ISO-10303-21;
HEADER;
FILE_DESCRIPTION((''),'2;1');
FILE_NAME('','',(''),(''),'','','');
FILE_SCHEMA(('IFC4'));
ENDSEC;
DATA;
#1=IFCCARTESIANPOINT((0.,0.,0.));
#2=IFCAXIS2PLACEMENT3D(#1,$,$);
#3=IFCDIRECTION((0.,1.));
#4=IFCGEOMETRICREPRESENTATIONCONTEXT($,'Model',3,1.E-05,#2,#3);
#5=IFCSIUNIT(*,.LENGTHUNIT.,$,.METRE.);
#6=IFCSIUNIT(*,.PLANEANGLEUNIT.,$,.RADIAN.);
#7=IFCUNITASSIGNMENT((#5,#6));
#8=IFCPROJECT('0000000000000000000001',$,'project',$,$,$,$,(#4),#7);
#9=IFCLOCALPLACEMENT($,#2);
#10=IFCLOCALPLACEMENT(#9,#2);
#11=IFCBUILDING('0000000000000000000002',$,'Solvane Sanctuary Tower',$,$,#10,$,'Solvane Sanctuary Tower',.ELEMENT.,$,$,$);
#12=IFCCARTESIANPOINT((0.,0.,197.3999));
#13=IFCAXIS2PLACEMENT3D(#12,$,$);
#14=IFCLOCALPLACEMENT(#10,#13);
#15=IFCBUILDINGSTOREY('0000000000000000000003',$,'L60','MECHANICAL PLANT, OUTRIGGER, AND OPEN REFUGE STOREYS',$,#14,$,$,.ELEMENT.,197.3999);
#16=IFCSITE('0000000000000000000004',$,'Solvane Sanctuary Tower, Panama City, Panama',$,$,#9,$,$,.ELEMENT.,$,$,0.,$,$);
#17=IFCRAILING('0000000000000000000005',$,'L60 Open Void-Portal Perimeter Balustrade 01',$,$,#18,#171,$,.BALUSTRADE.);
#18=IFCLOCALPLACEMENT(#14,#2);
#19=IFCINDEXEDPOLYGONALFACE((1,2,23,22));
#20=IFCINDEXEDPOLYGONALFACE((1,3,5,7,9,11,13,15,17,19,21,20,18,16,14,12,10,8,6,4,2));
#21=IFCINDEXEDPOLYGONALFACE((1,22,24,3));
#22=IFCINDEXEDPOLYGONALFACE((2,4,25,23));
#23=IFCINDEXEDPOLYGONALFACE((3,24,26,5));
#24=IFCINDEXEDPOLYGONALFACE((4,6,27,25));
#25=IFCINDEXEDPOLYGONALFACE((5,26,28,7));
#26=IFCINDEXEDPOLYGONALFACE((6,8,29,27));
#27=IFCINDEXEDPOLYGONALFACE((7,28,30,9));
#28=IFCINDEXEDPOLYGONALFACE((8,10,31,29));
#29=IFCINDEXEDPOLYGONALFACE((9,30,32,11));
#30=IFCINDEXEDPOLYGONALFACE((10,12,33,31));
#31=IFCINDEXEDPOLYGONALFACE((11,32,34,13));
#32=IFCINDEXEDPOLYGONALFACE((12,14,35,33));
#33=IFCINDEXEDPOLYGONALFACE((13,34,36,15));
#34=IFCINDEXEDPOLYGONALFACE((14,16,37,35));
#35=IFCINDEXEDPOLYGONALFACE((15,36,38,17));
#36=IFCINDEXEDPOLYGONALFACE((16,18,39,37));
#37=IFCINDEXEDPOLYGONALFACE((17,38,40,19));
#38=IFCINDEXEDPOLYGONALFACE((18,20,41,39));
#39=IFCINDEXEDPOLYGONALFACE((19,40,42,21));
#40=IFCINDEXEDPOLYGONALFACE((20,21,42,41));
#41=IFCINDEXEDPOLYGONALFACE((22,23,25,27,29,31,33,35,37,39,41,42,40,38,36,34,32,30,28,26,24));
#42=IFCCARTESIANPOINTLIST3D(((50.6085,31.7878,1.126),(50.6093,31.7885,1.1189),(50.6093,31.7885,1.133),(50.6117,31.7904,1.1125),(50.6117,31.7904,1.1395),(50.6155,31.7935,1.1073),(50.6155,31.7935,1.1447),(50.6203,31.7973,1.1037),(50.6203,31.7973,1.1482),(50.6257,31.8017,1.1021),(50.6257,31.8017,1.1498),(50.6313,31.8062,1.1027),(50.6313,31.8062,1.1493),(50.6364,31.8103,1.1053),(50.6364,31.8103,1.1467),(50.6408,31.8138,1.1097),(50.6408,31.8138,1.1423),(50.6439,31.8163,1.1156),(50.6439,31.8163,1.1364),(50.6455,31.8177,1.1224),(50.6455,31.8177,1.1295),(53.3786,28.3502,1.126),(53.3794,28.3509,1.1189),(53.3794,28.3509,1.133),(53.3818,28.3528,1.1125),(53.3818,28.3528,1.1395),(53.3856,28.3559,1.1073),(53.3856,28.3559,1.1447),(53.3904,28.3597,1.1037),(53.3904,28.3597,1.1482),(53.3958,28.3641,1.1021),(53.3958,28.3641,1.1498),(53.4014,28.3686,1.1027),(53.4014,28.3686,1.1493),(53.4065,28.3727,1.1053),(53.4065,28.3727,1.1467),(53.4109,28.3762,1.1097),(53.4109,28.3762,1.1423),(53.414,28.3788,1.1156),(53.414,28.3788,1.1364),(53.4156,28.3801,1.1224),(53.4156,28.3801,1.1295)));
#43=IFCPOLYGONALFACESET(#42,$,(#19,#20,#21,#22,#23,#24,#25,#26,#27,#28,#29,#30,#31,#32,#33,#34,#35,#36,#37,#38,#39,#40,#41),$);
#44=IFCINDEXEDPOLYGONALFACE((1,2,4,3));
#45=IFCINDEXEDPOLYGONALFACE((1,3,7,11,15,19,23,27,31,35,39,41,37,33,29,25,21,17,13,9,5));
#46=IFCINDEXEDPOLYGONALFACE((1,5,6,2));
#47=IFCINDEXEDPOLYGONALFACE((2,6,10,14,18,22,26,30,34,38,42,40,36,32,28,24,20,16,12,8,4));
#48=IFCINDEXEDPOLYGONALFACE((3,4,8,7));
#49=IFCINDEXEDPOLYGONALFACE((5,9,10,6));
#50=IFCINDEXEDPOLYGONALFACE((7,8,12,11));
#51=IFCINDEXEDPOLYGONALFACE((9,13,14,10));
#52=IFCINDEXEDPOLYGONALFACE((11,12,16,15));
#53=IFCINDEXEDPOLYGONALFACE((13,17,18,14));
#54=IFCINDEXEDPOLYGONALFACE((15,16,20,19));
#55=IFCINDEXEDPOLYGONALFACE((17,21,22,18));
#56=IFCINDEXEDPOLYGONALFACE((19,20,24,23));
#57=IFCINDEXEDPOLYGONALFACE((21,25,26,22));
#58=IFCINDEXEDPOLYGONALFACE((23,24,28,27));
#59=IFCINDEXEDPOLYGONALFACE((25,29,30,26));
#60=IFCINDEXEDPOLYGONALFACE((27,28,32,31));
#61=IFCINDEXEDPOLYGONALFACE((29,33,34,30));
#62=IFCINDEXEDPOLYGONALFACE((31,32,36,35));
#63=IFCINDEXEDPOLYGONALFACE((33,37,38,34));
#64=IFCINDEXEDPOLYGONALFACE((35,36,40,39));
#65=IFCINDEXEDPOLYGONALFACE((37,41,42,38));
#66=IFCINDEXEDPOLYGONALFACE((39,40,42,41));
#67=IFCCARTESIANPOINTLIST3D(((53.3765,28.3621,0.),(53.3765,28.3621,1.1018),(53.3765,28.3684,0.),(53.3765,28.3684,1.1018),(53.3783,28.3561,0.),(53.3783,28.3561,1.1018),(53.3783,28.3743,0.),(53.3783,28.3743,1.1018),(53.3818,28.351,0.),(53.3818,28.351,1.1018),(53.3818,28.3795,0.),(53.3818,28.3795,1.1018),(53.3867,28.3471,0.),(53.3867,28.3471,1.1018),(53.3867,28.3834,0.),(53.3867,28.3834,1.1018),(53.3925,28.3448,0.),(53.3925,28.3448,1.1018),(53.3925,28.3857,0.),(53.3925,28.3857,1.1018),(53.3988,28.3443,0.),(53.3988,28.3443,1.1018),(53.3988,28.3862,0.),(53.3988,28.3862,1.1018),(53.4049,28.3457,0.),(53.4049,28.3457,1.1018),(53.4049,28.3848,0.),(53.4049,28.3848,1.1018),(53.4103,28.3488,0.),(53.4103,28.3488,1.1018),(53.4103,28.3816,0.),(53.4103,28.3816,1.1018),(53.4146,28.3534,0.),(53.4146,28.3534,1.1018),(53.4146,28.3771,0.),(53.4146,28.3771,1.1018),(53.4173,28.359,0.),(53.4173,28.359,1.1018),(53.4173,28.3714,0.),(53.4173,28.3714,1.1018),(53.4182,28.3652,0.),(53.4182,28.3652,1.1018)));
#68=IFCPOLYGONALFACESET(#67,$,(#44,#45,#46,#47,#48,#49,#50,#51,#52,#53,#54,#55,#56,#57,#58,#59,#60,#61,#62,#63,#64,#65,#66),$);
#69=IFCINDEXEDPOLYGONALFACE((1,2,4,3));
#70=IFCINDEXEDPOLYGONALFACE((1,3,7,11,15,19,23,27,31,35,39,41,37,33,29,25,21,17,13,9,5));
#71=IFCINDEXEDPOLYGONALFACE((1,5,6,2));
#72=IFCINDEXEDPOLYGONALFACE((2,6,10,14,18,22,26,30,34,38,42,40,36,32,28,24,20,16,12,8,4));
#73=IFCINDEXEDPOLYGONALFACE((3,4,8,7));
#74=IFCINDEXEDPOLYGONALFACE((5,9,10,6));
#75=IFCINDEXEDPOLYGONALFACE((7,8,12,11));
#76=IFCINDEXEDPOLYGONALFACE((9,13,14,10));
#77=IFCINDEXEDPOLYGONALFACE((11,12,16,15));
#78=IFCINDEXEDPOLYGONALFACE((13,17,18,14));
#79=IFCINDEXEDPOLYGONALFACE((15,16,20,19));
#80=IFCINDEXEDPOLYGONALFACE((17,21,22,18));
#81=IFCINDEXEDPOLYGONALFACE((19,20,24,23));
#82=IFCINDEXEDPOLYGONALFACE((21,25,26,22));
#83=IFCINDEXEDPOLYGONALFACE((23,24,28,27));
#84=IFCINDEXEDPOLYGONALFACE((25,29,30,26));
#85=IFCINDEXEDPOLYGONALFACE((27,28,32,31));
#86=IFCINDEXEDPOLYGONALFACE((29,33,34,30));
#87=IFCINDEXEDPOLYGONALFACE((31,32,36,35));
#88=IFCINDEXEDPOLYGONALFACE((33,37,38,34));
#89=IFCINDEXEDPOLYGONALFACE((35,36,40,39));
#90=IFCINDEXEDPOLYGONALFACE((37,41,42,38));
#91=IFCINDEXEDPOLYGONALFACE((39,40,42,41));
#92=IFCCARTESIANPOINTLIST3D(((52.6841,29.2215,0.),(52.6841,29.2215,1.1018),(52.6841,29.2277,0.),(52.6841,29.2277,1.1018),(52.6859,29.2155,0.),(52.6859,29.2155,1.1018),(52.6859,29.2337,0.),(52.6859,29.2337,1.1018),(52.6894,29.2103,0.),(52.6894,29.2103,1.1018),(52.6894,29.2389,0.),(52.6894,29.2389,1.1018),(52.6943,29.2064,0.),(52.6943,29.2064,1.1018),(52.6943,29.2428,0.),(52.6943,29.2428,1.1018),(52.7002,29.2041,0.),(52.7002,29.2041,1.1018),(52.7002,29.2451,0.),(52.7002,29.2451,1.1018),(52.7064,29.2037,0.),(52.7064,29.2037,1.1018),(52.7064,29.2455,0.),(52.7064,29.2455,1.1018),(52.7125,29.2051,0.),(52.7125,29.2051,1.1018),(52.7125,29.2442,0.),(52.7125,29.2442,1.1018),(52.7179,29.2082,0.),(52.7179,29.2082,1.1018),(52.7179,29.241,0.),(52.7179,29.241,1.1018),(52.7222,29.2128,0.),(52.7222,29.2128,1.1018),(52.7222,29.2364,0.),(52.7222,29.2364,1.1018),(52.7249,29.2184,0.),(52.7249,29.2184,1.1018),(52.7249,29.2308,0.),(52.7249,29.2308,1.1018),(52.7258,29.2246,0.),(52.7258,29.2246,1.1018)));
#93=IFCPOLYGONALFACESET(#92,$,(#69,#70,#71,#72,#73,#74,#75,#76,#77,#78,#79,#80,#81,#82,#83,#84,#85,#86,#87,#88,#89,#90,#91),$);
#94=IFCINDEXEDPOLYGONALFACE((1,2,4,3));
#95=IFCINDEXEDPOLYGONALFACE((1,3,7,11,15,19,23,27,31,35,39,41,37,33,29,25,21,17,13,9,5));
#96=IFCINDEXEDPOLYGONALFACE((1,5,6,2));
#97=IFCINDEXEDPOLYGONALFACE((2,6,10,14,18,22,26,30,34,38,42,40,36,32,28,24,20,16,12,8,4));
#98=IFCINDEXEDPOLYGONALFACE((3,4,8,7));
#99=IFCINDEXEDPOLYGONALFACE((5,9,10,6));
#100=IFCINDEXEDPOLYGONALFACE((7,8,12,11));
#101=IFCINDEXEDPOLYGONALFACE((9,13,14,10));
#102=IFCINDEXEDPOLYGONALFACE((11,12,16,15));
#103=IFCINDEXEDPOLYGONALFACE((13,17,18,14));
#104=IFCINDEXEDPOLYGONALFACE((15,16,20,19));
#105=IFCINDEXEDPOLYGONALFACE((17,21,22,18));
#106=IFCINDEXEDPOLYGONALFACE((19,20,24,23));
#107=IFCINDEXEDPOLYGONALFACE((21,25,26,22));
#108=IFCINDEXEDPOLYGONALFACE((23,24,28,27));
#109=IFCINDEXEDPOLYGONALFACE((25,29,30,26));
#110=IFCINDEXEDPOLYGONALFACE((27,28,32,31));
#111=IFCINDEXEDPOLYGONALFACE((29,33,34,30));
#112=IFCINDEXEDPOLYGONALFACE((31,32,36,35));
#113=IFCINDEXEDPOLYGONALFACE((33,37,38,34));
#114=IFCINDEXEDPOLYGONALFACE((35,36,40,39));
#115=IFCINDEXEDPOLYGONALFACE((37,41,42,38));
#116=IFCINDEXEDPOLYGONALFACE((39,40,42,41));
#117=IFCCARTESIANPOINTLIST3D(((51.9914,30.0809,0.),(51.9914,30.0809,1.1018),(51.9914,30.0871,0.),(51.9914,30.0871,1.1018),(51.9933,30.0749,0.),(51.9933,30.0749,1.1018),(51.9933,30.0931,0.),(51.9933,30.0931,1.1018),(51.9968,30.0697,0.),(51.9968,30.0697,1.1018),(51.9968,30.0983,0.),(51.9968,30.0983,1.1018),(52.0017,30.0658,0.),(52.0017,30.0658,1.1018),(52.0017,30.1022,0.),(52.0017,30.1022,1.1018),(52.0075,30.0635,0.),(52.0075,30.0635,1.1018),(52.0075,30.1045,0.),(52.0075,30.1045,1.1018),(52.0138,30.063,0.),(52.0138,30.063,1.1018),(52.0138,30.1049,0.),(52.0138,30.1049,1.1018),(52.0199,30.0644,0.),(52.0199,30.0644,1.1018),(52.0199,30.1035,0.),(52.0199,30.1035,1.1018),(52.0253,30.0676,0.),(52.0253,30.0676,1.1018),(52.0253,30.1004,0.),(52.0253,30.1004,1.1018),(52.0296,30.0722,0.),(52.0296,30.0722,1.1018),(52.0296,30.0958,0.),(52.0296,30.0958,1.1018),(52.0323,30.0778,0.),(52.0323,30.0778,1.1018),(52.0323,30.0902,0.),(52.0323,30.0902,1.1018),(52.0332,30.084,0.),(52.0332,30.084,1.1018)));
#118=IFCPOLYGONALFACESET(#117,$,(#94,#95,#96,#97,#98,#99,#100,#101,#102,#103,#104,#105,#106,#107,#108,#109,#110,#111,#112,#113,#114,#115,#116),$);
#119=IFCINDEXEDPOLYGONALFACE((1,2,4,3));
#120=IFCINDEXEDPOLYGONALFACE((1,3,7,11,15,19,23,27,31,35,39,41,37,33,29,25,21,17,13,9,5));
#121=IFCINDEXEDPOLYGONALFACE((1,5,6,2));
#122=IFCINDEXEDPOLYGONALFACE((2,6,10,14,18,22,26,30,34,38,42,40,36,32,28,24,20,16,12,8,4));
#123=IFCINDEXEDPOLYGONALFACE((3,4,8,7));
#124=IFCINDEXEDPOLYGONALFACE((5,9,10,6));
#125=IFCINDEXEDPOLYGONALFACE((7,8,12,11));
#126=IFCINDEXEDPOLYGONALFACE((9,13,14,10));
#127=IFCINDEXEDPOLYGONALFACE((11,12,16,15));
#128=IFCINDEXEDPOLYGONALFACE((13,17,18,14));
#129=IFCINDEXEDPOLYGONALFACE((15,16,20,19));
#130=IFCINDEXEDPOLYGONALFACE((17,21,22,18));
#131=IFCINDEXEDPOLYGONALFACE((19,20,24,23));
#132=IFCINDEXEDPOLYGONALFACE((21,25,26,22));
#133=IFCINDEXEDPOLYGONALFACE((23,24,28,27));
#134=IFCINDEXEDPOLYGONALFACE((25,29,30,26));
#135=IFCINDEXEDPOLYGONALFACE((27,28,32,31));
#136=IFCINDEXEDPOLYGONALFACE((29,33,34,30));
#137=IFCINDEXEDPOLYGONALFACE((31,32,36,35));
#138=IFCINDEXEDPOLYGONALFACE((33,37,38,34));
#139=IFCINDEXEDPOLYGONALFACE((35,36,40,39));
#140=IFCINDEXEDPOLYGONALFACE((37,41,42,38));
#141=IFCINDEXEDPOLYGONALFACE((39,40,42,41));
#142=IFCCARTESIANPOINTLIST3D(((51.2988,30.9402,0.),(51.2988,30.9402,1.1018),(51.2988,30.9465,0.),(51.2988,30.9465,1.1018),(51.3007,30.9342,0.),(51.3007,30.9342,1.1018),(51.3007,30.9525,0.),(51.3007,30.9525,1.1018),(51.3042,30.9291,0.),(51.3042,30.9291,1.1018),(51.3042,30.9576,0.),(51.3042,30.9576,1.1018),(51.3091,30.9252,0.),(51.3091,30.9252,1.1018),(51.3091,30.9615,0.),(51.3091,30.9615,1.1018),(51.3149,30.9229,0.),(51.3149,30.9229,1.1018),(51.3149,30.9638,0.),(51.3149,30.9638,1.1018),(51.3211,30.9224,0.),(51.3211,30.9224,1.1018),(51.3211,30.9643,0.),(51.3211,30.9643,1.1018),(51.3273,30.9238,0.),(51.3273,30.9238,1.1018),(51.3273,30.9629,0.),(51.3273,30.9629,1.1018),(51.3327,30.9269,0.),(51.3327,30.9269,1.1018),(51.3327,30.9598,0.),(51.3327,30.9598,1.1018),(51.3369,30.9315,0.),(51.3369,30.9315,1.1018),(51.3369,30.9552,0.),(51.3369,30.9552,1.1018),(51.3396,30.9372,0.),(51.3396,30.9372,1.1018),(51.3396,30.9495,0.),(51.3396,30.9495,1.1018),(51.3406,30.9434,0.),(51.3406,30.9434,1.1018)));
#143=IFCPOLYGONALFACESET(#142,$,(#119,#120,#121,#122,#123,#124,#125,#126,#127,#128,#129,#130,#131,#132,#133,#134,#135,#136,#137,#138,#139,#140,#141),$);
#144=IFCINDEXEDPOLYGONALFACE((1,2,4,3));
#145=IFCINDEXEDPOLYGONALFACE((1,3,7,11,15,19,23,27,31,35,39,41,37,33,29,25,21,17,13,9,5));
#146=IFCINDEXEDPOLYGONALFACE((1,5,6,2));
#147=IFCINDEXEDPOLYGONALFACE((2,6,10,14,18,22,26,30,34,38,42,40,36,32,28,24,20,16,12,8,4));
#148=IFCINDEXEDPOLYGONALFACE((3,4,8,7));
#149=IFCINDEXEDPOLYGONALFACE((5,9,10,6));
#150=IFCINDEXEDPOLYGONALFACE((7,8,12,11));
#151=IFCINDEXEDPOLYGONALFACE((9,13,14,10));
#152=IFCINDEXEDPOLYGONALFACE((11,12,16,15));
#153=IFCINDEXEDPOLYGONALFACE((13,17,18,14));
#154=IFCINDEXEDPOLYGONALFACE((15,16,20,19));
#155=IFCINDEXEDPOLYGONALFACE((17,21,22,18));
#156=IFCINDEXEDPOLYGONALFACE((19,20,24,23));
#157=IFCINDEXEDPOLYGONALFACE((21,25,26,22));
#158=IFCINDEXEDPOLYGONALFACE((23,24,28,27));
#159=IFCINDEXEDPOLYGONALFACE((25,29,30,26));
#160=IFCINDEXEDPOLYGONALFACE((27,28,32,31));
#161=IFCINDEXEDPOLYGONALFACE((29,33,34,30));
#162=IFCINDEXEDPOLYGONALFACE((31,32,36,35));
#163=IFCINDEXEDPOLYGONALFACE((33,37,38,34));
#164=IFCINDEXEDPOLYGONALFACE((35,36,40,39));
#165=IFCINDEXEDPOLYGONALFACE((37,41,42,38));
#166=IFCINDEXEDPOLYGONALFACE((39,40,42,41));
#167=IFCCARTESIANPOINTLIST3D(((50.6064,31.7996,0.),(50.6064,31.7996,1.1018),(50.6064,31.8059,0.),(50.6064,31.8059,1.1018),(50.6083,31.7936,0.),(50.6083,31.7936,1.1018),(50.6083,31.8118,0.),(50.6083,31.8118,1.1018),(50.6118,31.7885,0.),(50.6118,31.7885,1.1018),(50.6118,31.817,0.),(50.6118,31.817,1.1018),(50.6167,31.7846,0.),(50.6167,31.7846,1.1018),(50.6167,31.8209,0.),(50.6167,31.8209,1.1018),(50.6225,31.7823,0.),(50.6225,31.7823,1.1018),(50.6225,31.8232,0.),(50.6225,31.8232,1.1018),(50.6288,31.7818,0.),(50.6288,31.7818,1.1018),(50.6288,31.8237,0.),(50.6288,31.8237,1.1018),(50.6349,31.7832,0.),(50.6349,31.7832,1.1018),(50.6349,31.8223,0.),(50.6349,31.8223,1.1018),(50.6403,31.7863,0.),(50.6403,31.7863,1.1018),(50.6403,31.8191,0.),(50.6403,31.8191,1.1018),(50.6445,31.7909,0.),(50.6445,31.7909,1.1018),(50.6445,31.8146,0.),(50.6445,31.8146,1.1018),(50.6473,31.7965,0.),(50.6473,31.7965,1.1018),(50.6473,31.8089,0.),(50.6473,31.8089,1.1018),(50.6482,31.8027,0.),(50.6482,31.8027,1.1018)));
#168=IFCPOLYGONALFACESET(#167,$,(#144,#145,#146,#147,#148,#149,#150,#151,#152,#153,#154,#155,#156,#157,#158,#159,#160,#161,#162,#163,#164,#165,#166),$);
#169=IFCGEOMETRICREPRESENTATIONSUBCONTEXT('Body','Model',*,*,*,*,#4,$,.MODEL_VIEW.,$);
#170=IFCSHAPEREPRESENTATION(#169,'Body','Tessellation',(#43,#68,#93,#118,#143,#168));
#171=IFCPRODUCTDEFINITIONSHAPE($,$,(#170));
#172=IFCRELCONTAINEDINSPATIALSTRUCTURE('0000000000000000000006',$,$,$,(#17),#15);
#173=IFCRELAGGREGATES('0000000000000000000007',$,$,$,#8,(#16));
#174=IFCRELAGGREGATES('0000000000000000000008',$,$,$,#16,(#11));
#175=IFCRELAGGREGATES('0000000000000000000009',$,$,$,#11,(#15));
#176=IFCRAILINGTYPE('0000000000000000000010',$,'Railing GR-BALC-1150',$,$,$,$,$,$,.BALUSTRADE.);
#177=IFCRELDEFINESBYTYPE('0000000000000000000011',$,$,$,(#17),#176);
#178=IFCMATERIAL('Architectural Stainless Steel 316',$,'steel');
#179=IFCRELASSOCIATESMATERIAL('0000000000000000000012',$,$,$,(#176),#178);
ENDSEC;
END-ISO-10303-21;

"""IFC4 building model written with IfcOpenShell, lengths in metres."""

from ifc_helpers import new_model, si_unit, direction, frame, origin, origin_2d, place, context, subcontext, project, spatial, circle, extrude, material, type_object, element, save


model = new_model("IFC4")

# Units and contexts
model_context = context("Model", 3, precision=1e-05, world=origin(), true_north=direction((0.0, 1.0)))
body_context = subcontext(model_context, "Body", "Model", "MODEL_VIEW")
ifc_project = project(units=[si_unit("LENGTHUNIT", "METRE"), si_unit("PLANEANGLEUNIT", "RADIAN")], contexts=[model_context])

# Site, building, storey
site_placement = place(None, origin())
site = spatial("IfcSite", under=ifc_project, at=site_placement, Name="Solvane Sanctuary Tower, Panama City, Panama", CompositionType="ELEMENT", RefElevation=0.0)
building_placement = place(site_placement, origin())
building = spatial("IfcBuilding", under=site, at=building_placement, Name="Solvane Sanctuary Tower", LongName="Solvane Sanctuary Tower", CompositionType="ELEMENT")
storey_placement = place(building_placement, frame((0.0, 0.0, 197.3999)))
storey = spatial("IfcBuildingStorey", under=building, at=storey_placement, Name="L60", Description="MECHANICAL PLANT, OUTRIGGER, AND OPEN REFUGE STOREYS", CompositionType="ELEMENT", Elevation=197.3999)

# Shared definitions
ifc_material_1 = material(Name="Architectural Stainless Steel 316", Category="steel")

# Railing
railing_type_1 = type_object("IfcRailingType", Name="Railing GR-BALC-1150", PredefinedType="BALUSTRADE", material=ifc_material_1)
railing_1_placement = place(storey_placement, frame((53.3972, 28.3652, 0.0)))
element("IfcRailing", 1, at=railing_1_placement, inside=storey, type_object=railing_type_1, Name="L60 Open Void-Portal Perimeter Balustrade 01", PredefinedType="BALUSTRADE", context=body_context, shape_type="SweptSolid", body=[
    extrude(circle(Radius=0.0239, at=origin_2d()), frame((0.0, 0.0, 1.126), z_axis=(-0.627456, 0.778652, 0.0), x_axis=(-0.778652, -0.627456, 0.0)), (0.0, 0.0, 1.0), 4.4148),
    extrude(circle(Radius=0.021, at=origin_2d()), origin(), (0.0, 0.0, 1.0), 1.1018),
    extrude(circle(Radius=0.021, at=origin_2d()), frame((-0.6924, 0.8594, 0.0)), (0.0, 0.0, 1.0), 1.1018),
    extrude(circle(Radius=0.021, at=origin_2d()), frame((-1.385, 1.7188, 0.0)), (0.0, 0.0, 1.0), 1.1018),
    extrude(circle(Radius=0.021, at=origin_2d()), frame((-2.0776, 2.5781, 0.0)), (0.0, 0.0, 1.0), 1.1018),
    extrude(circle(Radius=0.021, at=origin_2d()), frame((-2.77, 3.4375, 0.0)), (0.0, 0.0, 1.0), 1.1018),
])

save(model, "model.ifc")
